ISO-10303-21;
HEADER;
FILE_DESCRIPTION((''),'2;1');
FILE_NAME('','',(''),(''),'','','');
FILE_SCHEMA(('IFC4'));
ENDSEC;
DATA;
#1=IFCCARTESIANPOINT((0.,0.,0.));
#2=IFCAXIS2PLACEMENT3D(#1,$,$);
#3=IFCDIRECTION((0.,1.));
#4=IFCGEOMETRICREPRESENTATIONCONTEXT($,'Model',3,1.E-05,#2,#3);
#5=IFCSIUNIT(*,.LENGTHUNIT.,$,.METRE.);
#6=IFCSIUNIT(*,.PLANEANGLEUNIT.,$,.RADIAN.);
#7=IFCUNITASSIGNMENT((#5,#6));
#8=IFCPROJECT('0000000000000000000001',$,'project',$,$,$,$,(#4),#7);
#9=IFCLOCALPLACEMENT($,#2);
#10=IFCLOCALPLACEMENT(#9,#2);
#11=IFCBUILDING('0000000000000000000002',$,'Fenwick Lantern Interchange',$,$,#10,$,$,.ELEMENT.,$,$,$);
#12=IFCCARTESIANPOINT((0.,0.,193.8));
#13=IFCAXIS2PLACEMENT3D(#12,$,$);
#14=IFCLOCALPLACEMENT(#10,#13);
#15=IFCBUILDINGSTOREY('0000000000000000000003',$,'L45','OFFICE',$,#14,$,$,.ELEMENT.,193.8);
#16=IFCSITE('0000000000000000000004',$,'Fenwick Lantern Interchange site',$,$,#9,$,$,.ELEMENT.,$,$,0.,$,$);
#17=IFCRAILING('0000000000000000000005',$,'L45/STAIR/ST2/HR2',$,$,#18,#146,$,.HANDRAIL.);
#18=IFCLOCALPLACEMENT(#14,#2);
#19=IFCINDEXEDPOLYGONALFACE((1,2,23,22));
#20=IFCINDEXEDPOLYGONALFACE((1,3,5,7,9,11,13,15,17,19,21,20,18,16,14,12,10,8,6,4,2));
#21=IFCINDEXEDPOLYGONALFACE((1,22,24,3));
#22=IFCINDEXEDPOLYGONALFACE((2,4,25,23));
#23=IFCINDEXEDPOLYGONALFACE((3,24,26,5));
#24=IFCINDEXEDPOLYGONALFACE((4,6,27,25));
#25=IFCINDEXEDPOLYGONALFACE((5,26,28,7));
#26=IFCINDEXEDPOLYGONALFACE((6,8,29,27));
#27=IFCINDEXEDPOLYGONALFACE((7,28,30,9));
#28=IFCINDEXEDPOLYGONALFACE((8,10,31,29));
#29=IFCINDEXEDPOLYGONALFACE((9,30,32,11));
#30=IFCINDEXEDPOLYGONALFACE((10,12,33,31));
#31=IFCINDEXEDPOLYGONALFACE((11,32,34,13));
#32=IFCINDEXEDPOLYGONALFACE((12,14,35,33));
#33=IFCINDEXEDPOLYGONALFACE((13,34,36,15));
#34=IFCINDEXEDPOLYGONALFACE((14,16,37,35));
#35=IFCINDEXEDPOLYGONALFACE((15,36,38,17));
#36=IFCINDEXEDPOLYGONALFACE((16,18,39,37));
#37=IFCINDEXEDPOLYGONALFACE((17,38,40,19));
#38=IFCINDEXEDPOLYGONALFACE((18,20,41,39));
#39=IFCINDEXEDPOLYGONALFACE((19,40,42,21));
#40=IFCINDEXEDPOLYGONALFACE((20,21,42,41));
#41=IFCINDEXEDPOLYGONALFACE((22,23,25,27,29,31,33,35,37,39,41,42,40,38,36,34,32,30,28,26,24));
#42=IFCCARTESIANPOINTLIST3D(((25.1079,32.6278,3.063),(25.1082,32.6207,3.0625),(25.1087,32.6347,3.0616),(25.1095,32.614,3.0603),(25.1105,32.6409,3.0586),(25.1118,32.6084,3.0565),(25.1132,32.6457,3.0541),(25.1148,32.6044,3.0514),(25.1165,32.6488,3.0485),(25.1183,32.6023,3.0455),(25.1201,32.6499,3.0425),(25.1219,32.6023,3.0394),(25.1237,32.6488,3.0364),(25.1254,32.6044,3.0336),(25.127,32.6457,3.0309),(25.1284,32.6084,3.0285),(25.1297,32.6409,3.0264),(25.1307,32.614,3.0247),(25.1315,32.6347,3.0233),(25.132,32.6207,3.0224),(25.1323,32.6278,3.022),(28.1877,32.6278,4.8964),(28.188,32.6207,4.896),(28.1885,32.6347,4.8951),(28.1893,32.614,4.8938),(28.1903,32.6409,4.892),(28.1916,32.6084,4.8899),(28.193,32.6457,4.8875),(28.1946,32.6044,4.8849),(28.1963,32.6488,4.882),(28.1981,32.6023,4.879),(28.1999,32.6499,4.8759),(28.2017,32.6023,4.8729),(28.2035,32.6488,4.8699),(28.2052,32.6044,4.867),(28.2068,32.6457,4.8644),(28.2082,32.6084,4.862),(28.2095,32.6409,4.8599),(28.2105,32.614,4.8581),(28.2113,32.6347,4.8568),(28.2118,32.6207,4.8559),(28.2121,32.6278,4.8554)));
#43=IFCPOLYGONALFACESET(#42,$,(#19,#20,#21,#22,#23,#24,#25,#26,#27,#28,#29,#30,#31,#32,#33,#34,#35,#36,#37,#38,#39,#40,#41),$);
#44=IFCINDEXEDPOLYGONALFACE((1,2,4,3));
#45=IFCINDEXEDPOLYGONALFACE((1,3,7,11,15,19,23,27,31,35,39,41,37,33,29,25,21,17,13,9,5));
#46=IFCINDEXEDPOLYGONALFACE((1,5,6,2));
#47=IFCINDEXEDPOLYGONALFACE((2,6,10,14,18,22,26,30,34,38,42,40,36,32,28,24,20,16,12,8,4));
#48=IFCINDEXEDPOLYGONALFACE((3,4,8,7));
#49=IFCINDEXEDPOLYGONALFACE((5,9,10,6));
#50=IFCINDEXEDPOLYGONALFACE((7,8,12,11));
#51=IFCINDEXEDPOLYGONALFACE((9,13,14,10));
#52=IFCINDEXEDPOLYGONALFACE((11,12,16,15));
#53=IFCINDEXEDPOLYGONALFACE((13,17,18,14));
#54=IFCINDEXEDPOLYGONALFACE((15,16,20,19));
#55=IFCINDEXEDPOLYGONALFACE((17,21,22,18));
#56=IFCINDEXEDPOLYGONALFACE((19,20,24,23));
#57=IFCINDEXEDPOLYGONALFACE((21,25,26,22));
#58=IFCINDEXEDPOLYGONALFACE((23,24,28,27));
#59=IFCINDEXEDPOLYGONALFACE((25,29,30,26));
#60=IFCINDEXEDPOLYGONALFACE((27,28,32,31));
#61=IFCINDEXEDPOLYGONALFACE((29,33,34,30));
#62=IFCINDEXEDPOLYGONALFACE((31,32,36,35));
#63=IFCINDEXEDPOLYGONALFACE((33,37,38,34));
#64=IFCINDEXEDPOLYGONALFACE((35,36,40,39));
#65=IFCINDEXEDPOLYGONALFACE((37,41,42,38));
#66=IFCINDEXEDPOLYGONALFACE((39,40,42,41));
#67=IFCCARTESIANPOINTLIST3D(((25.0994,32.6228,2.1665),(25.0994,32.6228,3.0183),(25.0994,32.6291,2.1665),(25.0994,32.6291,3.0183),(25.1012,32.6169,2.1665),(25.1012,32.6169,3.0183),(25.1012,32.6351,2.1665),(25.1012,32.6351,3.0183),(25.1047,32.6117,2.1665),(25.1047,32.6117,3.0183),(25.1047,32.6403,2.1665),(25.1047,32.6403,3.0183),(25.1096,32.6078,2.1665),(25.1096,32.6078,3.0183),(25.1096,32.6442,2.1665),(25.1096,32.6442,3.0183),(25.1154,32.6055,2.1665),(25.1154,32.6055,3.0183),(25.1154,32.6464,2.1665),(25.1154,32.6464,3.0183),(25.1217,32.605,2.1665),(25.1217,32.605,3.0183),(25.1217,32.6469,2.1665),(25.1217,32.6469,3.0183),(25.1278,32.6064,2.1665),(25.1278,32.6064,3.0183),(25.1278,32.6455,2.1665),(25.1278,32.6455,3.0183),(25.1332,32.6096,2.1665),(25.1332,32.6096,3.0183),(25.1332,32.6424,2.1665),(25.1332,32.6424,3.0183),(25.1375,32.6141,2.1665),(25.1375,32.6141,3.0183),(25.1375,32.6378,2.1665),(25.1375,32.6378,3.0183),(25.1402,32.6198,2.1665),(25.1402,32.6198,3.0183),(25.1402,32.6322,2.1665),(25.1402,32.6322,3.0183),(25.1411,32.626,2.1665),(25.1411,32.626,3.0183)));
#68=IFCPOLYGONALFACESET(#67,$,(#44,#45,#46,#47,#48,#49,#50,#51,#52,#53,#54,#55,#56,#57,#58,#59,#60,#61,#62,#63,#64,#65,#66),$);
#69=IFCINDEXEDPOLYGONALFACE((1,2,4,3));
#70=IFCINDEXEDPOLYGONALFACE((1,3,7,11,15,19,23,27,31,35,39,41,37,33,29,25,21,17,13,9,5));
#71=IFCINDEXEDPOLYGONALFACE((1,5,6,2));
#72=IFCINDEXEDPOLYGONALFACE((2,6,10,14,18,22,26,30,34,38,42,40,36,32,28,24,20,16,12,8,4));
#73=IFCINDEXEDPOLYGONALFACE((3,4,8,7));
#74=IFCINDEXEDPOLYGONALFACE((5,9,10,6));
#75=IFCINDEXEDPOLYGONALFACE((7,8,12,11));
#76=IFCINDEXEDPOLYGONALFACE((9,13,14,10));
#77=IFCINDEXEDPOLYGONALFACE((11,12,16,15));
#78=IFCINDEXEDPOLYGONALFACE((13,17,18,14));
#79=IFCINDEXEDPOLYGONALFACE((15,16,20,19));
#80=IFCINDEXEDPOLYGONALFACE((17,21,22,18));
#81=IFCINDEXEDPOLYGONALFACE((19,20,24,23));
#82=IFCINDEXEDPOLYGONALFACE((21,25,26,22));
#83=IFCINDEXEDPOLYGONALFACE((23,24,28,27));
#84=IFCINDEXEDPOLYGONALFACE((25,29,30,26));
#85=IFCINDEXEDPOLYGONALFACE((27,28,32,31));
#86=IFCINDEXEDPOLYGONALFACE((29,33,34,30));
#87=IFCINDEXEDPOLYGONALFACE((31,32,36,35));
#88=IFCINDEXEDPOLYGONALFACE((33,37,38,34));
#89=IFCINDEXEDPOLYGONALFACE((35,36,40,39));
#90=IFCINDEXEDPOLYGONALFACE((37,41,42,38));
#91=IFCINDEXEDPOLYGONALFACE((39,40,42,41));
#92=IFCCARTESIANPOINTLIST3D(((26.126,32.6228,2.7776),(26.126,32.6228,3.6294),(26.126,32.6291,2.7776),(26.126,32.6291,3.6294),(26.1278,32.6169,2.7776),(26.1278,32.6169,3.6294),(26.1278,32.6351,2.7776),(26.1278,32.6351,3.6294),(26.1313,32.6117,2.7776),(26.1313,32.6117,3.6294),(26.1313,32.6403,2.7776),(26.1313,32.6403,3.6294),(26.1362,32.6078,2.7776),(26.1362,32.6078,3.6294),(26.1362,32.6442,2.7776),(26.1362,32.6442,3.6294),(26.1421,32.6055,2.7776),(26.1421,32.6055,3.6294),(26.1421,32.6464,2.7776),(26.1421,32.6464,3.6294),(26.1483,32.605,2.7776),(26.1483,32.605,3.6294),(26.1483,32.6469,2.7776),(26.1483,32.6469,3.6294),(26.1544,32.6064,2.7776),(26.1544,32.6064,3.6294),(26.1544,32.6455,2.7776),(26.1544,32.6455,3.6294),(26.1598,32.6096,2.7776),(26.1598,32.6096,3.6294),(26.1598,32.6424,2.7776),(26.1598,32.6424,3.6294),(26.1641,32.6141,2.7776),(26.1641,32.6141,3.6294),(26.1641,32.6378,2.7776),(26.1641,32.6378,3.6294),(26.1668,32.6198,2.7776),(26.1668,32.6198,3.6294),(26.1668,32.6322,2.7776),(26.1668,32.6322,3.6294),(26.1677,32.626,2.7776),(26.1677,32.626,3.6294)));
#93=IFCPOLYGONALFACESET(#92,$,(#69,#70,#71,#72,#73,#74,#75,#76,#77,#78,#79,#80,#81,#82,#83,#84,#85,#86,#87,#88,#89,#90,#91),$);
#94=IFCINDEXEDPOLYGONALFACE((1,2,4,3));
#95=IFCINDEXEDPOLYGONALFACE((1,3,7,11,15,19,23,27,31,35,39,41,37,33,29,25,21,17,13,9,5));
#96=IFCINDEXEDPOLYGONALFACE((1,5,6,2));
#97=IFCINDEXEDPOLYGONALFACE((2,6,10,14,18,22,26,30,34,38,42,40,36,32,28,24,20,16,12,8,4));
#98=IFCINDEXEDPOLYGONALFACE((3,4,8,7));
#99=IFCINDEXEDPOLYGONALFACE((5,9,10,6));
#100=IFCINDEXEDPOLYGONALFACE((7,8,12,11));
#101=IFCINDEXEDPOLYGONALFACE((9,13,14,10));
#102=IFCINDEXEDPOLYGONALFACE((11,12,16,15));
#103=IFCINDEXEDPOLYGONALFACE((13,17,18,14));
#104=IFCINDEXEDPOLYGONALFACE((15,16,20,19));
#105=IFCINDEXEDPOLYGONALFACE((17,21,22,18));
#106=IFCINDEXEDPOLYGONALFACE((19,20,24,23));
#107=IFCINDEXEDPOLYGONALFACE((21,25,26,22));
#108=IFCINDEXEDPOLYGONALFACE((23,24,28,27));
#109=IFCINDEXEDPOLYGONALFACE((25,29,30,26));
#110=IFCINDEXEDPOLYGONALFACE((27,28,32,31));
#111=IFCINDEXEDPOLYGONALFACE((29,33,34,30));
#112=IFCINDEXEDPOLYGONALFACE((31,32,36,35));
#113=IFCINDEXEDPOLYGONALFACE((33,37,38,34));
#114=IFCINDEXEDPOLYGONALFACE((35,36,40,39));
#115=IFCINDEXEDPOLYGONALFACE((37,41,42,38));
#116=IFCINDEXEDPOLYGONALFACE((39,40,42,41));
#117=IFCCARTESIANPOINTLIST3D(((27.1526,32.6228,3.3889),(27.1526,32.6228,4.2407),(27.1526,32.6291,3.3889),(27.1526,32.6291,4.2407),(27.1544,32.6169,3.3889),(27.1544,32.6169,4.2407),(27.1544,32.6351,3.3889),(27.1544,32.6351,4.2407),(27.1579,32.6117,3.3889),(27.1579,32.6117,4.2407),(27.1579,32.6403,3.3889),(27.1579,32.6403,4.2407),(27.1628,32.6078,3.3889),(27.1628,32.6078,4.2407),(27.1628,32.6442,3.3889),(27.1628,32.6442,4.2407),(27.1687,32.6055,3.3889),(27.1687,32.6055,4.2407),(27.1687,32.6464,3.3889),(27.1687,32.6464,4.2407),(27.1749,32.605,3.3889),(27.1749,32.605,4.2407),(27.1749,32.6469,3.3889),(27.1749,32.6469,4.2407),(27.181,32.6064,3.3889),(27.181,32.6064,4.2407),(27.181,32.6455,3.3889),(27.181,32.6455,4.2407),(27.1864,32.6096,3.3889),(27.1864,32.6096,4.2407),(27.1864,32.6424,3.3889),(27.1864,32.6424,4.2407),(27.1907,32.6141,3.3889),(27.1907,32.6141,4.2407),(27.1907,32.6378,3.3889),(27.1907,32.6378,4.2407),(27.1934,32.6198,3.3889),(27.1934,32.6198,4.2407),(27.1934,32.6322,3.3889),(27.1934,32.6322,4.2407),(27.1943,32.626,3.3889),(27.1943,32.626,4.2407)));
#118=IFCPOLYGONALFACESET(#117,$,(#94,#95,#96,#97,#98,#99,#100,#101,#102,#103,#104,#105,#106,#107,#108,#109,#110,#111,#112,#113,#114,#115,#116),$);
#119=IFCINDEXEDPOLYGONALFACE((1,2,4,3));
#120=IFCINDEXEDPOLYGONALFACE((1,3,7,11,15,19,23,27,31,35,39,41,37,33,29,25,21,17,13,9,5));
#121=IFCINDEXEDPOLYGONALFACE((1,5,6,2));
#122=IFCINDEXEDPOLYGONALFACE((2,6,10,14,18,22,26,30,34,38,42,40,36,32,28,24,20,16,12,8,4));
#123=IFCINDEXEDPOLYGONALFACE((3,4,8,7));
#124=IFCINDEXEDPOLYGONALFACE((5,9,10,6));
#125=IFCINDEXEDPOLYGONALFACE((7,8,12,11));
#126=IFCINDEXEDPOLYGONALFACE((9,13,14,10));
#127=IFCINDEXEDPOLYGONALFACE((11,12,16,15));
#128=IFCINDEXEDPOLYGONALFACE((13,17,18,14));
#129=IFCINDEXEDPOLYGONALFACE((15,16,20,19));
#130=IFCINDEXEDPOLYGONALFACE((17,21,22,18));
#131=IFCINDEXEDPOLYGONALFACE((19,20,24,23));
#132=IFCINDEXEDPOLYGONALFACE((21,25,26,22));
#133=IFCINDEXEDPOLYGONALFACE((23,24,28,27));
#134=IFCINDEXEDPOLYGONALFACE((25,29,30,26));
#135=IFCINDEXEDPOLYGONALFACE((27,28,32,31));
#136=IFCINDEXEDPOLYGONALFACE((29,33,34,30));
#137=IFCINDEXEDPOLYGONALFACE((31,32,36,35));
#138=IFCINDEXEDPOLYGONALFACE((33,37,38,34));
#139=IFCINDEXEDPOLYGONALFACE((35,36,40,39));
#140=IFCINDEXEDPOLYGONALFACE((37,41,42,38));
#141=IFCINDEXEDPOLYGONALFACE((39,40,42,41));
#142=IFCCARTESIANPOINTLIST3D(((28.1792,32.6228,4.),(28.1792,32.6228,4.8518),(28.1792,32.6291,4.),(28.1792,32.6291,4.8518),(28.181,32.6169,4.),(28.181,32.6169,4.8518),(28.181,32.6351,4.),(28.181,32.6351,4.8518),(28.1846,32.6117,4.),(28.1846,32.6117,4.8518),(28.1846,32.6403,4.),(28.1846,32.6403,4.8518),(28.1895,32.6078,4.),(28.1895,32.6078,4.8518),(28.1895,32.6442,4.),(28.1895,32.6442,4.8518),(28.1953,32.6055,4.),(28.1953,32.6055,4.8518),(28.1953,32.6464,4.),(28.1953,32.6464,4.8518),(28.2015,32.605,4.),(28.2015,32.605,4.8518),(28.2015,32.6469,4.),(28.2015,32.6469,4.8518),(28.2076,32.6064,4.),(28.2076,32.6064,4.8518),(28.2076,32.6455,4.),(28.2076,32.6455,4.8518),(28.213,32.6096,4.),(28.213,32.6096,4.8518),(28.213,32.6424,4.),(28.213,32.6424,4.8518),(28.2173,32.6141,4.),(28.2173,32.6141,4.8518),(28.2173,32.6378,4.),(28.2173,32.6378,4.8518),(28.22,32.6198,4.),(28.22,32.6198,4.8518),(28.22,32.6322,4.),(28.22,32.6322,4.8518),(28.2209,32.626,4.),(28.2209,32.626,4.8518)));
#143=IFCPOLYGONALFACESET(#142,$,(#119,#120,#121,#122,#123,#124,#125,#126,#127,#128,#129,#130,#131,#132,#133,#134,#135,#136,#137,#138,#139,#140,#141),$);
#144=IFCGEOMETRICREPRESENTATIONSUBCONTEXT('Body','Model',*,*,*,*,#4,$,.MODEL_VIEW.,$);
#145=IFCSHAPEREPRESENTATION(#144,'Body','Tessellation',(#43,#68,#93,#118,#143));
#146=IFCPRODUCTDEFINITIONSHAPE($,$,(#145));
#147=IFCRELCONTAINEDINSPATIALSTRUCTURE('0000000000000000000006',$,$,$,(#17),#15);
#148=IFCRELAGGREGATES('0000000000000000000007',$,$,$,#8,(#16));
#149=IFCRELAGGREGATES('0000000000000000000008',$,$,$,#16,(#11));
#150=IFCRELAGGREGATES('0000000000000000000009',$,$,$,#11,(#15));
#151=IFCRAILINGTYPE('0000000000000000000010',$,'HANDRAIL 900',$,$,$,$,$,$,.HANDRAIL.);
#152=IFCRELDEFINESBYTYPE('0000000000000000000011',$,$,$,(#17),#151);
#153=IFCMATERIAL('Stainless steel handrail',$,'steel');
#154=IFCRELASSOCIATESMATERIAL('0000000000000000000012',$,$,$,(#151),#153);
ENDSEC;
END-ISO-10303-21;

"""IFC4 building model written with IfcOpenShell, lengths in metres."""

from ifc_helpers import new_model, si_unit, direction, frame, origin, origin_2d, place, context, subcontext, project, spatial, circle, extrude, material, type_object, element, save


model = new_model("IFC4")

# Units and contexts
model_context = context("Model", 3, precision=1e-05, world=origin(), true_north=direction((0.0, 1.0)))
body_context = subcontext(model_context, "Body", "Model", "MODEL_VIEW")
ifc_project = project(units=[si_unit("LENGTHUNIT", "METRE"), si_unit("PLANEANGLEUNIT", "RADIAN")], contexts=[model_context])

# Site, building, storey
site_placement = place(None, origin())
site = spatial("IfcSite", under=ifc_project, at=site_placement, Name="Fenwick Lantern Interchange site", CompositionType="ELEMENT", RefElevation=0.0)
building_placement = place(site_placement, origin())
building = spatial("IfcBuilding", under=site, at=building_placement, Name="Fenwick Lantern Interchange", CompositionType="ELEMENT")
storey_placement = place(building_placement, frame((0.0, 0.0, 193.8)))
storey = spatial("IfcBuildingStorey", under=building, at=storey_placement, Name="L45", Description="OFFICE", CompositionType="ELEMENT", Elevation=193.8)

# Railing
ifc_material_1 = material(Name="Stainless steel handrail", Category="steel")
railing_type = type_object("IfcRailingType", Name="HANDRAIL 900", PredefinedType="HANDRAIL", material=ifc_material_1)
railing_1_placement = place(storey_placement, frame((25.1201, 32.626, 2.1665)))
element("IfcRailing", 1, at=railing_1_placement, inside=storey, type_object=railing_type, Name="L45/STAIR/ST2/HR2", PredefinedType="HANDRAIL", context=body_context, shape_type="SweptSolid", body=[
    extrude(circle(Radius=0.0239, at=origin_2d()), frame((0.0, 0.0, 0.876), z_axis=(0.859261, 0.0, 0.511538), x_axis=(0.0, 1.0, 0.0)), (0.0, 0.0, 1.0), 3.5842),
    extrude(circle(Radius=0.021, at=origin_2d()), origin(), (0.0, 0.0, 1.0), 0.8518),
    extrude(circle(Radius=0.021, at=origin_2d()), frame((1.0266, 0.0, 0.6111)), (0.0, 0.0, 1.0), 0.8518),
    extrude(circle(Radius=0.021, at=origin_2d()), frame((2.0532, 0.0, 1.2224)), (0.0, 0.0, 1.0), 0.8518),
    extrude(circle(Radius=0.021, at=origin_2d()), frame((3.0798, 0.0, 1.8335)), (0.0, 0.0, 1.0), 0.8518),
])

save(model, "model.ifc")
